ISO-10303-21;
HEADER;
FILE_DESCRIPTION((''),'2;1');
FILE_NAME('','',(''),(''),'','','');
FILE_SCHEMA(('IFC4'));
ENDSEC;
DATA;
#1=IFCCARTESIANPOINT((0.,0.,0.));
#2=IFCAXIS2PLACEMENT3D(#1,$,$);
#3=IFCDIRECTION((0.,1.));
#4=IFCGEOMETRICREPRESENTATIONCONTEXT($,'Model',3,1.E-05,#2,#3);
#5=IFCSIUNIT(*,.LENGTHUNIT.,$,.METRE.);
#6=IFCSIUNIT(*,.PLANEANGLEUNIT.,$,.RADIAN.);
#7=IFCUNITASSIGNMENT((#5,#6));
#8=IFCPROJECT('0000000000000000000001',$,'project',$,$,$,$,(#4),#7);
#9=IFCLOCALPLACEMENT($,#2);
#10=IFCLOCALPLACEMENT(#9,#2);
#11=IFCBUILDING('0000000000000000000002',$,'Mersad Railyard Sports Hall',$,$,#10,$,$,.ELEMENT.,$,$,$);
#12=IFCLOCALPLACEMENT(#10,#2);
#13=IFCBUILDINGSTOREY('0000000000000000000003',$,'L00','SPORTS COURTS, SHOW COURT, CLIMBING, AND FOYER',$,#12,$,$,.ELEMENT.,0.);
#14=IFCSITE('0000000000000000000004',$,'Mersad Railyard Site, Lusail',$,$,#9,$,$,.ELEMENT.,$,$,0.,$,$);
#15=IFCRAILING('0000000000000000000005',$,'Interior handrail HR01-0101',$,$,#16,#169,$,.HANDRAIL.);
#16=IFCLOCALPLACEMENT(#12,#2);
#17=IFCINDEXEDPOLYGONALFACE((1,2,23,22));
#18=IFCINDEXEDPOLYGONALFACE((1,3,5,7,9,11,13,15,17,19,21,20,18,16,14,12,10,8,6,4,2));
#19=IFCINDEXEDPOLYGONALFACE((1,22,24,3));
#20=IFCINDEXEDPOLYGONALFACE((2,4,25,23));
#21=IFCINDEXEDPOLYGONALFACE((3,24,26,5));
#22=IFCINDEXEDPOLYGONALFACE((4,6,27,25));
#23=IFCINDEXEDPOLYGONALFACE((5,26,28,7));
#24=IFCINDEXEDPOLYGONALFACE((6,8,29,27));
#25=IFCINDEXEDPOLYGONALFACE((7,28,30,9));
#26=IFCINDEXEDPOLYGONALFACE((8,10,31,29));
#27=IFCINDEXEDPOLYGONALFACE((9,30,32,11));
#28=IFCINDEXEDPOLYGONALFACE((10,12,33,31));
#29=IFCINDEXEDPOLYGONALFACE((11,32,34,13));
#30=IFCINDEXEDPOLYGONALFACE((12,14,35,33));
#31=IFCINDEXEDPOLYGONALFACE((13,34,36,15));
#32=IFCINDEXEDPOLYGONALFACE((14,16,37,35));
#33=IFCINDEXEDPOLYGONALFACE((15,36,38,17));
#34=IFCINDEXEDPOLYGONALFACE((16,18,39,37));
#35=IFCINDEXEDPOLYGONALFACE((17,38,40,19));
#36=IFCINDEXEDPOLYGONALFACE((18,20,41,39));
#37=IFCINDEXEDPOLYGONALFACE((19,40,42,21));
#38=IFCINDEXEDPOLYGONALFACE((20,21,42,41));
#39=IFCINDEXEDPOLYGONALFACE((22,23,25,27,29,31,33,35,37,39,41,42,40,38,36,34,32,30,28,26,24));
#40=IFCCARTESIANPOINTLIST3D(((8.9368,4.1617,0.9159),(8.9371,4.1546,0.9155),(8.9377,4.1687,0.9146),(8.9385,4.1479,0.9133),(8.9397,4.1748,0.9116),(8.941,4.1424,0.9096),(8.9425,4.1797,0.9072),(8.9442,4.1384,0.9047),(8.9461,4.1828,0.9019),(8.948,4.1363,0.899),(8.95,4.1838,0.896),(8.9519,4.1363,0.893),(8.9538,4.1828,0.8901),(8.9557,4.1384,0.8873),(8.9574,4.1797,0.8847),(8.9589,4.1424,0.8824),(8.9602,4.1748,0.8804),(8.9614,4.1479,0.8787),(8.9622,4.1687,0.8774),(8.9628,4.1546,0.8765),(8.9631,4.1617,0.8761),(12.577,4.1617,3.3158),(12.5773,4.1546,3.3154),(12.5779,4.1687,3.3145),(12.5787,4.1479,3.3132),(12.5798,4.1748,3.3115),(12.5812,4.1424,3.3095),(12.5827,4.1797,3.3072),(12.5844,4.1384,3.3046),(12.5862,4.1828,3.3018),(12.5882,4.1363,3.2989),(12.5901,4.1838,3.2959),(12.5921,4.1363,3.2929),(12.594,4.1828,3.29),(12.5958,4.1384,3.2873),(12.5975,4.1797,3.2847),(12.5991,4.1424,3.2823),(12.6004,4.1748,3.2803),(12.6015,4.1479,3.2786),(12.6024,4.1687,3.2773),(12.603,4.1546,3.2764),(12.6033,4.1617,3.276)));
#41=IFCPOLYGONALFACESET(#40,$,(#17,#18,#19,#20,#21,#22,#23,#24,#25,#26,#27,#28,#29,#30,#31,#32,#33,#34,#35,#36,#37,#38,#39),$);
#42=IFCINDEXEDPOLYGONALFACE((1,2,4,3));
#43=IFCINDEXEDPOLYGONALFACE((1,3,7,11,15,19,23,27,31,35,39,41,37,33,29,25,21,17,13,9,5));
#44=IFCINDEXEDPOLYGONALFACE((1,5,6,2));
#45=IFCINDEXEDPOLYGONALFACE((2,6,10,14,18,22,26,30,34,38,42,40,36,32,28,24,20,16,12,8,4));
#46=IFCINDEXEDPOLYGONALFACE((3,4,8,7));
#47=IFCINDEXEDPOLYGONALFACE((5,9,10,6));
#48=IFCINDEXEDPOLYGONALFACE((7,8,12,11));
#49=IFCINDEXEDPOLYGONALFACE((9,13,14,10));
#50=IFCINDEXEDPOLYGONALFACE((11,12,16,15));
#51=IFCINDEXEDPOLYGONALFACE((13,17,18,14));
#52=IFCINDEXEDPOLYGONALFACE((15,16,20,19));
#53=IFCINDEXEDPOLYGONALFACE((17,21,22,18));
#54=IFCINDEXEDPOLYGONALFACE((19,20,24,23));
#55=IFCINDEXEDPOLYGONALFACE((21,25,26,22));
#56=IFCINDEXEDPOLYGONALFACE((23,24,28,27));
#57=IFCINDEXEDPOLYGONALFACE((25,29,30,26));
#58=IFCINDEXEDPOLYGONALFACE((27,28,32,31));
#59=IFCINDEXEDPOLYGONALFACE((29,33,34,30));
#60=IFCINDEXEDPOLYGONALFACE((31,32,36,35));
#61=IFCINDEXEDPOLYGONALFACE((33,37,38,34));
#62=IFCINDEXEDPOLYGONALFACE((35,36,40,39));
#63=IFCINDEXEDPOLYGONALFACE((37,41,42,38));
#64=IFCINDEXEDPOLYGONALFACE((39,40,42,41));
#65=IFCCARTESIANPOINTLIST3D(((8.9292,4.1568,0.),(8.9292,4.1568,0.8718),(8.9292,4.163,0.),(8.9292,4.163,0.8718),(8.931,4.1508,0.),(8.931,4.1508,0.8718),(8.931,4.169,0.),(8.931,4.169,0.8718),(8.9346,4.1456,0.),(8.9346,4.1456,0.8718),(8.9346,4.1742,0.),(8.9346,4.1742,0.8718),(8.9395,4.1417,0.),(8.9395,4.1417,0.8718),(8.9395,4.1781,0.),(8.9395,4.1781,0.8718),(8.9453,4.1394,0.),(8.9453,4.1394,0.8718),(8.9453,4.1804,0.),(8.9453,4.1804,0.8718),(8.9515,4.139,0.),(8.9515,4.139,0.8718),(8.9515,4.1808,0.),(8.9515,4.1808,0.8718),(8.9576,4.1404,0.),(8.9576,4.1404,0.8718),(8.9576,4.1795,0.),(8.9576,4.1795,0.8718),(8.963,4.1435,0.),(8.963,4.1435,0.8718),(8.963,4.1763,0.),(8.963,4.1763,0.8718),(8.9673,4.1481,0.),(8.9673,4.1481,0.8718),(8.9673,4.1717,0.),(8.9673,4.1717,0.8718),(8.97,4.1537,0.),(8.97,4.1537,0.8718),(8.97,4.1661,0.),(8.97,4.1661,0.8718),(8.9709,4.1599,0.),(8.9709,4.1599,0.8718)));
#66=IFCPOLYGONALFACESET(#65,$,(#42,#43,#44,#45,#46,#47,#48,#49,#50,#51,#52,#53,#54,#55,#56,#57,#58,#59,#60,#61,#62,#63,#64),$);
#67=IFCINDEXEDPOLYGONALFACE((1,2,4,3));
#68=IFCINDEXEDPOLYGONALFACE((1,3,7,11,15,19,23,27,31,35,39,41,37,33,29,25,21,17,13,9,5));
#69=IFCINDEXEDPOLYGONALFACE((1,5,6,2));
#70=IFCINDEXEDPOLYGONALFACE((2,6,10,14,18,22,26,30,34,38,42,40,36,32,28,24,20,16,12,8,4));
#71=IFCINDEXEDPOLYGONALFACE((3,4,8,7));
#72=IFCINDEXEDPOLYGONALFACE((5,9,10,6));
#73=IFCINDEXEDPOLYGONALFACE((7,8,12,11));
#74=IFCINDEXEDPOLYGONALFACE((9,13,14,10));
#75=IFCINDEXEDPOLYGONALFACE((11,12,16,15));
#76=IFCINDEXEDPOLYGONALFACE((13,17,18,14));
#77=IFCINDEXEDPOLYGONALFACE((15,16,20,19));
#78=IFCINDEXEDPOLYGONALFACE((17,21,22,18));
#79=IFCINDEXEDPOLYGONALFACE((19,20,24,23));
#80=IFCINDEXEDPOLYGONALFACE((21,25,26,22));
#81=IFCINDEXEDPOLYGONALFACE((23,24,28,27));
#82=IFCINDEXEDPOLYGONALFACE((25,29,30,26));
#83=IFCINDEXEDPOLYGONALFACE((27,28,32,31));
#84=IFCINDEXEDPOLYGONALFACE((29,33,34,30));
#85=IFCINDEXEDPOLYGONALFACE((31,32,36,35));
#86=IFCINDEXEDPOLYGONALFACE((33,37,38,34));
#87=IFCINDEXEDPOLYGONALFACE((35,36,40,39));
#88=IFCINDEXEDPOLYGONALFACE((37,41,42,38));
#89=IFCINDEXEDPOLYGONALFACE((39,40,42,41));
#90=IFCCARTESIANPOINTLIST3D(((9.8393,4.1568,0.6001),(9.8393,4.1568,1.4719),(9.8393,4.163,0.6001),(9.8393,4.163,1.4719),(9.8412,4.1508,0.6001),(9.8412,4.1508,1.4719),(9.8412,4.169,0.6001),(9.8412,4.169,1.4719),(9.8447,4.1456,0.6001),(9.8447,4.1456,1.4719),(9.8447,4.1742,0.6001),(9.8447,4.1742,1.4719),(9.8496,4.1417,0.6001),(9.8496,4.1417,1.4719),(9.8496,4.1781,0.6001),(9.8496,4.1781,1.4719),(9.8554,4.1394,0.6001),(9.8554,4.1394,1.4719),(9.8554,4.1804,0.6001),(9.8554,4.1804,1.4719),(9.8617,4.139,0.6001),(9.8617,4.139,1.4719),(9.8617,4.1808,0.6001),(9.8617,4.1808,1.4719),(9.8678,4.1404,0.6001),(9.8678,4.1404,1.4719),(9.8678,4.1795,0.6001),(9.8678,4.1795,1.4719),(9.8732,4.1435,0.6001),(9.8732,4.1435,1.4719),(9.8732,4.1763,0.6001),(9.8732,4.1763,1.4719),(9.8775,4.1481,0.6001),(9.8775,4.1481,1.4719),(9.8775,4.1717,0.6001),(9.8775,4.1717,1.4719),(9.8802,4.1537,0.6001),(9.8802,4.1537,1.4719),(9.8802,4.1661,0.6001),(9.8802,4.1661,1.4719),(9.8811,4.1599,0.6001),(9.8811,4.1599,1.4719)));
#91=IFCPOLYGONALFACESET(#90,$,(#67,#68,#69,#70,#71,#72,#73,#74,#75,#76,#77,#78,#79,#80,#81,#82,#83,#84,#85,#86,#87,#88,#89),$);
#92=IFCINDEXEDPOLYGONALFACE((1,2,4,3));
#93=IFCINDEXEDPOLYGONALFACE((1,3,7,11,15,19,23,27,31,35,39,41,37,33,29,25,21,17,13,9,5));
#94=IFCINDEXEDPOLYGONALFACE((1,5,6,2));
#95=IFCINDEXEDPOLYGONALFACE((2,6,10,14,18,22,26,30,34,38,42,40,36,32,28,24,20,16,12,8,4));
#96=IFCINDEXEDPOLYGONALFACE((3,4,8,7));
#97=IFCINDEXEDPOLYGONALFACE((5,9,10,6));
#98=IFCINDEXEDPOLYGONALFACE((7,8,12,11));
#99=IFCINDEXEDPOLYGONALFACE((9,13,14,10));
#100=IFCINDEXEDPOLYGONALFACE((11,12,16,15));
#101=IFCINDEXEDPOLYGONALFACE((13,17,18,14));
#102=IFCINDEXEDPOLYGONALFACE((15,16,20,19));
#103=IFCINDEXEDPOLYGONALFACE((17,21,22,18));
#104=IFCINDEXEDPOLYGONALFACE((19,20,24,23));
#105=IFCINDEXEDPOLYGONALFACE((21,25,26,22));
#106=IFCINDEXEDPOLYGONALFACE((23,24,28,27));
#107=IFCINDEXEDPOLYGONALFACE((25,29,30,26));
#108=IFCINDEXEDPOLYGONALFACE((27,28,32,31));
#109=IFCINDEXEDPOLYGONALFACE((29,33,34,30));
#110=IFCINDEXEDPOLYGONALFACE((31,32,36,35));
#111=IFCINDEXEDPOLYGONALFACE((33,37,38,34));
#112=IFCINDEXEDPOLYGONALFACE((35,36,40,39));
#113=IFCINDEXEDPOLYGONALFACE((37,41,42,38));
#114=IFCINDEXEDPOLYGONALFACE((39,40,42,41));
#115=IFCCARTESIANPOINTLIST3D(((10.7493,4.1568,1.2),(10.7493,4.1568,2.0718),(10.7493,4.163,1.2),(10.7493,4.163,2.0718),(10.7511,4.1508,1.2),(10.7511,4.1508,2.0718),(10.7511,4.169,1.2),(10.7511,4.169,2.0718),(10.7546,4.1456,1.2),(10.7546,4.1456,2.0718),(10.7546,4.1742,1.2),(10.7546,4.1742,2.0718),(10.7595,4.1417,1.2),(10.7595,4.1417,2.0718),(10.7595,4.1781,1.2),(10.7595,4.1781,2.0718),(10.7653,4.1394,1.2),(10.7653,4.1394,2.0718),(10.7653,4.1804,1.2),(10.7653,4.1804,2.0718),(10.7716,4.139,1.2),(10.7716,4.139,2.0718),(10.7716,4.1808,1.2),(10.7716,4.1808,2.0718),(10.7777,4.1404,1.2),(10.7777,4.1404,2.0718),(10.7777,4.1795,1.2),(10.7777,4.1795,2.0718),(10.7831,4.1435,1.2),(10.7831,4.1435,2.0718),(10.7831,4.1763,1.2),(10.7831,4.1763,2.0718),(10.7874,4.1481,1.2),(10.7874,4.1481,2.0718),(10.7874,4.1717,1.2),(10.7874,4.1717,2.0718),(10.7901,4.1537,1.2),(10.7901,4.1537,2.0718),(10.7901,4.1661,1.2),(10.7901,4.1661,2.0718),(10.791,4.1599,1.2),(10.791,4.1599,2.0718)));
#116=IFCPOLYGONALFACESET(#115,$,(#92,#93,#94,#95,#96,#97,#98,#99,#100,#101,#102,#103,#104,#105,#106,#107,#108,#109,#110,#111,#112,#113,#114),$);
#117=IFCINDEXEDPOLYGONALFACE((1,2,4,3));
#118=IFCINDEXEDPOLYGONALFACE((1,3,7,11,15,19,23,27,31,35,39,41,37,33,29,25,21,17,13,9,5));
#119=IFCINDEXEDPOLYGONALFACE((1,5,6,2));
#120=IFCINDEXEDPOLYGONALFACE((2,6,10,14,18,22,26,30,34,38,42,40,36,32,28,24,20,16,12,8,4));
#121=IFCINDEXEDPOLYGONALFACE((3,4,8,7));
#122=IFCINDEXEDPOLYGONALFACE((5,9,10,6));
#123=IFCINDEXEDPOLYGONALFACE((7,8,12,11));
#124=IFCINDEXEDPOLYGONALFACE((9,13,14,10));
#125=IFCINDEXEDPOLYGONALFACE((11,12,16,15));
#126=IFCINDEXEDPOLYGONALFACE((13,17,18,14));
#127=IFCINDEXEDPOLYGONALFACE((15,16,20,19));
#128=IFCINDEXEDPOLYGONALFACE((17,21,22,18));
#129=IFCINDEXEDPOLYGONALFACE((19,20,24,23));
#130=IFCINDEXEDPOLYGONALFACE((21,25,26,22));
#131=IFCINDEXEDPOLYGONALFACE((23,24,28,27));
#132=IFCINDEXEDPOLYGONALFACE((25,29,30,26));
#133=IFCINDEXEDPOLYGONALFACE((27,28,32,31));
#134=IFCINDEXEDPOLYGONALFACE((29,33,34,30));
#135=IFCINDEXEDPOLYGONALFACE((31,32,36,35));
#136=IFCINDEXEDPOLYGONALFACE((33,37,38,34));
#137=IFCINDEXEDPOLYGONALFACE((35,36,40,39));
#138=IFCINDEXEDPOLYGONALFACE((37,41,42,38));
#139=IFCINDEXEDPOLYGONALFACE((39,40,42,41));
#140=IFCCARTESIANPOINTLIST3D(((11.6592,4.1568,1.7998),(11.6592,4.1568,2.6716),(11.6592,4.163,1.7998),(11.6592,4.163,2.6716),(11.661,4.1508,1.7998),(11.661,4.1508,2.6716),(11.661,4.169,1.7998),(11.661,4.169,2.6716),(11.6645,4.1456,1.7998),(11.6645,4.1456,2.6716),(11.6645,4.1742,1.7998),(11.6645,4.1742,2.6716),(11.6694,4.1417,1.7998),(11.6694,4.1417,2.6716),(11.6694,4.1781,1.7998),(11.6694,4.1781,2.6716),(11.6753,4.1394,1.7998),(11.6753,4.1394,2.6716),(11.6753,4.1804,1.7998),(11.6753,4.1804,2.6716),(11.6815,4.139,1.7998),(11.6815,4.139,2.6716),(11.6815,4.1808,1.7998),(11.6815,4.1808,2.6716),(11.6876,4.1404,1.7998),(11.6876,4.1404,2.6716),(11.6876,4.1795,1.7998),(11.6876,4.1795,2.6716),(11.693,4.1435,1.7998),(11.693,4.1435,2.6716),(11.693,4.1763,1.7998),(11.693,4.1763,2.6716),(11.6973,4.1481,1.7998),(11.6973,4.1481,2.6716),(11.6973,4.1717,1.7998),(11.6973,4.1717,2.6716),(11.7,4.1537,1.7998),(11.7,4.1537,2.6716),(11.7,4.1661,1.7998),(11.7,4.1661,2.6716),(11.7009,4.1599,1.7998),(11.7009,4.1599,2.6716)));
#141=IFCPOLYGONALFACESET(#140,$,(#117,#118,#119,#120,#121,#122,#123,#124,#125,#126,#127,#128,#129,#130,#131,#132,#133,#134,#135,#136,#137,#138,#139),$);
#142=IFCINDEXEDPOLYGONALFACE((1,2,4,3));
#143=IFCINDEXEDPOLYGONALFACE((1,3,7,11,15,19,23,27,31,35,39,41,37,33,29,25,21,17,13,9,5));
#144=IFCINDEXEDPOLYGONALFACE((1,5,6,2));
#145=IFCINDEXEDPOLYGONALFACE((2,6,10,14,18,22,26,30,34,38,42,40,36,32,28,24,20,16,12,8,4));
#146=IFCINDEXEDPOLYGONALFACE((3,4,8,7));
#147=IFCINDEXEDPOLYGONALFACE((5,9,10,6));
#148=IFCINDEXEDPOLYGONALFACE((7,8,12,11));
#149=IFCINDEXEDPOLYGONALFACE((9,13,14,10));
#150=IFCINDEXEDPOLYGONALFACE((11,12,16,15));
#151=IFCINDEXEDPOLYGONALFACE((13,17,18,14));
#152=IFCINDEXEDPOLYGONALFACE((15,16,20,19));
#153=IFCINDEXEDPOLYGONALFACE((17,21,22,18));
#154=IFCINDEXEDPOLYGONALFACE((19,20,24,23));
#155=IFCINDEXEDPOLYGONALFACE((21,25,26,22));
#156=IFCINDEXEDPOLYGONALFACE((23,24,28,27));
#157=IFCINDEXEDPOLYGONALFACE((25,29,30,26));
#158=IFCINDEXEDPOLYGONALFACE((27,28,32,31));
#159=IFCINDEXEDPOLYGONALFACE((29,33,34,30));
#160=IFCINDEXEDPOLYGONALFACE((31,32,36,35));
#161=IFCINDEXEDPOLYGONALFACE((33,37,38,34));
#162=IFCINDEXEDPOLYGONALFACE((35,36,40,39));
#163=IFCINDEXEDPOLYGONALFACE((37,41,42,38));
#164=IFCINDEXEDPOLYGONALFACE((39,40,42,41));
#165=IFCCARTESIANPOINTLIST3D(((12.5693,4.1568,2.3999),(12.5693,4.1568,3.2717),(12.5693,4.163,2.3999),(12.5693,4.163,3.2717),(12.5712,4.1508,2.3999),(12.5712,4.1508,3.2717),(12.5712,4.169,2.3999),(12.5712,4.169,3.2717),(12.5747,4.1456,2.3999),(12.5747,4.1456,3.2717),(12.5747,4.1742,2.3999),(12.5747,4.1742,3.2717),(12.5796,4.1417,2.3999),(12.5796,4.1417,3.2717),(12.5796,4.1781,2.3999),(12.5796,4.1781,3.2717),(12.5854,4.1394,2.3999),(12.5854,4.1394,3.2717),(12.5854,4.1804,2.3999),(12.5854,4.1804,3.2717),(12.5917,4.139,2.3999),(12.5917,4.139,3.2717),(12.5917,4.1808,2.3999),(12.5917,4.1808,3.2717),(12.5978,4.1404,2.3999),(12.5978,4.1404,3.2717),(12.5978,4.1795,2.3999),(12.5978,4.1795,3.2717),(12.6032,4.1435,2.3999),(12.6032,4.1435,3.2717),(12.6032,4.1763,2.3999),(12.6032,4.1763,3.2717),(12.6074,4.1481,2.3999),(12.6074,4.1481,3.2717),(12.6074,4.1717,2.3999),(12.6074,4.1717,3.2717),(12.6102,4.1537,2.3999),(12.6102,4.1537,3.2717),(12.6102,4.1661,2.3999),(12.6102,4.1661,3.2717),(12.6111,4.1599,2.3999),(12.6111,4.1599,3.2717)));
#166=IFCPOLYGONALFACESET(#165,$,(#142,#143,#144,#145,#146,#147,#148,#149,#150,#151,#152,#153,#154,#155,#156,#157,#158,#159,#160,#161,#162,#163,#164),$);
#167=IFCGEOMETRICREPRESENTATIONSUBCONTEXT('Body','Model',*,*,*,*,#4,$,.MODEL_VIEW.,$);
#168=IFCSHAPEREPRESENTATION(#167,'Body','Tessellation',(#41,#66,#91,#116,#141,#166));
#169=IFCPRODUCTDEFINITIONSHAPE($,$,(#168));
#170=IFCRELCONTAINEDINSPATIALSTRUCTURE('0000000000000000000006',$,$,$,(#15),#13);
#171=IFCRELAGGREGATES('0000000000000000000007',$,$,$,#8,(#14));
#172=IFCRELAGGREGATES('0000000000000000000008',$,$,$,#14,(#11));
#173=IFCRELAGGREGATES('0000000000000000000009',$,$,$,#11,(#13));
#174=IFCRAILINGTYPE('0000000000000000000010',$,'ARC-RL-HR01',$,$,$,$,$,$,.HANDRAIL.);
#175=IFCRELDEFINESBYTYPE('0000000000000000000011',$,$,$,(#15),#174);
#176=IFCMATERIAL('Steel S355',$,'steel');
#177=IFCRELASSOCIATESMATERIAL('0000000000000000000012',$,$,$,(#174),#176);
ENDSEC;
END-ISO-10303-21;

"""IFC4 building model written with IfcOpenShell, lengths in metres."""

from ifc_helpers import new_model, si_unit, direction, frame, origin, origin_2d, place, context, subcontext, project, spatial, circle, extrude, material, type_object, element, save


model = new_model("IFC4")

# Units and contexts
model_context = context("Model", 3, precision=1e-05, world=origin(), true_north=direction((0.0, 1.0)))
body_context = subcontext(model_context, "Body", "Model", "MODEL_VIEW")
ifc_project = project(units=[si_unit("LENGTHUNIT", "METRE"), si_unit("PLANEANGLEUNIT", "RADIAN")], contexts=[model_context])

# Site, building, storey
site_placement = place(None, origin())
site = spatial("IfcSite", under=ifc_project, at=site_placement, Name="Mersad Railyard Site, Lusail", CompositionType="ELEMENT", RefElevation=0.0)
building_placement = place(site_placement, origin())
building = spatial("IfcBuilding", under=site, at=building_placement, Name="Mersad Railyard Sports Hall", CompositionType="ELEMENT")
storey_placement = place(building_placement, origin())
storey = spatial("IfcBuildingStorey", under=building, at=storey_placement, Name="L00", Description="SPORTS COURTS, SHOW COURT, CLIMBING, AND FOYER", CompositionType="ELEMENT", Elevation=0.0)

# Shared definitions
ifc_material_1 = material(Name="Steel S355", Category="steel")

# Railing
railing_type_1 = type_object("IfcRailingType", Name="ARC-RL-HR01", PredefinedType="HANDRAIL", material=ifc_material_1)
railing_1_placement = place(storey_placement, frame((8.95, 4.1599, 0.0)))
element("IfcRailing", 1, at=railing_1_placement, inside=storey, type_object=railing_type_1, Name="Interior handrail HR01-0101", PredefinedType="HANDRAIL", context=body_context, shape_type="SweptSolid", body=[
    extrude(circle(Radius=0.0239, at=origin_2d()), frame((0.0, 0.0, 0.896), z_axis=(0.834882, 0.0, 0.550429), x_axis=(0.0, 1.0, 0.0)), (0.0, 0.0, 1.0), 4.3601),
    extrude(circle(Radius=0.021, at=origin_2d()), origin(), (0.0, 0.0, 1.0), 0.8718),
    extrude(circle(Radius=0.021, at=origin_2d()), frame((0.9102, 0.0, 0.6001)), (0.0, 0.0, 1.0), 0.8718),
    extrude(circle(Radius=0.021, at=origin_2d()), frame((1.8201, 0.0, 1.2)), (0.0, 0.0, 1.0), 0.8718),
    extrude(circle(Radius=0.021, at=origin_2d()), frame((2.73, 0.0, 1.7998)), (0.0, 0.0, 1.0), 0.8718),
    extrude(circle(Radius=0.021, at=origin_2d()), frame((3.6401, 0.0, 2.3999)), (0.0, 0.0, 1.0), 0.8718),
])

save(model, "model.ifc")
